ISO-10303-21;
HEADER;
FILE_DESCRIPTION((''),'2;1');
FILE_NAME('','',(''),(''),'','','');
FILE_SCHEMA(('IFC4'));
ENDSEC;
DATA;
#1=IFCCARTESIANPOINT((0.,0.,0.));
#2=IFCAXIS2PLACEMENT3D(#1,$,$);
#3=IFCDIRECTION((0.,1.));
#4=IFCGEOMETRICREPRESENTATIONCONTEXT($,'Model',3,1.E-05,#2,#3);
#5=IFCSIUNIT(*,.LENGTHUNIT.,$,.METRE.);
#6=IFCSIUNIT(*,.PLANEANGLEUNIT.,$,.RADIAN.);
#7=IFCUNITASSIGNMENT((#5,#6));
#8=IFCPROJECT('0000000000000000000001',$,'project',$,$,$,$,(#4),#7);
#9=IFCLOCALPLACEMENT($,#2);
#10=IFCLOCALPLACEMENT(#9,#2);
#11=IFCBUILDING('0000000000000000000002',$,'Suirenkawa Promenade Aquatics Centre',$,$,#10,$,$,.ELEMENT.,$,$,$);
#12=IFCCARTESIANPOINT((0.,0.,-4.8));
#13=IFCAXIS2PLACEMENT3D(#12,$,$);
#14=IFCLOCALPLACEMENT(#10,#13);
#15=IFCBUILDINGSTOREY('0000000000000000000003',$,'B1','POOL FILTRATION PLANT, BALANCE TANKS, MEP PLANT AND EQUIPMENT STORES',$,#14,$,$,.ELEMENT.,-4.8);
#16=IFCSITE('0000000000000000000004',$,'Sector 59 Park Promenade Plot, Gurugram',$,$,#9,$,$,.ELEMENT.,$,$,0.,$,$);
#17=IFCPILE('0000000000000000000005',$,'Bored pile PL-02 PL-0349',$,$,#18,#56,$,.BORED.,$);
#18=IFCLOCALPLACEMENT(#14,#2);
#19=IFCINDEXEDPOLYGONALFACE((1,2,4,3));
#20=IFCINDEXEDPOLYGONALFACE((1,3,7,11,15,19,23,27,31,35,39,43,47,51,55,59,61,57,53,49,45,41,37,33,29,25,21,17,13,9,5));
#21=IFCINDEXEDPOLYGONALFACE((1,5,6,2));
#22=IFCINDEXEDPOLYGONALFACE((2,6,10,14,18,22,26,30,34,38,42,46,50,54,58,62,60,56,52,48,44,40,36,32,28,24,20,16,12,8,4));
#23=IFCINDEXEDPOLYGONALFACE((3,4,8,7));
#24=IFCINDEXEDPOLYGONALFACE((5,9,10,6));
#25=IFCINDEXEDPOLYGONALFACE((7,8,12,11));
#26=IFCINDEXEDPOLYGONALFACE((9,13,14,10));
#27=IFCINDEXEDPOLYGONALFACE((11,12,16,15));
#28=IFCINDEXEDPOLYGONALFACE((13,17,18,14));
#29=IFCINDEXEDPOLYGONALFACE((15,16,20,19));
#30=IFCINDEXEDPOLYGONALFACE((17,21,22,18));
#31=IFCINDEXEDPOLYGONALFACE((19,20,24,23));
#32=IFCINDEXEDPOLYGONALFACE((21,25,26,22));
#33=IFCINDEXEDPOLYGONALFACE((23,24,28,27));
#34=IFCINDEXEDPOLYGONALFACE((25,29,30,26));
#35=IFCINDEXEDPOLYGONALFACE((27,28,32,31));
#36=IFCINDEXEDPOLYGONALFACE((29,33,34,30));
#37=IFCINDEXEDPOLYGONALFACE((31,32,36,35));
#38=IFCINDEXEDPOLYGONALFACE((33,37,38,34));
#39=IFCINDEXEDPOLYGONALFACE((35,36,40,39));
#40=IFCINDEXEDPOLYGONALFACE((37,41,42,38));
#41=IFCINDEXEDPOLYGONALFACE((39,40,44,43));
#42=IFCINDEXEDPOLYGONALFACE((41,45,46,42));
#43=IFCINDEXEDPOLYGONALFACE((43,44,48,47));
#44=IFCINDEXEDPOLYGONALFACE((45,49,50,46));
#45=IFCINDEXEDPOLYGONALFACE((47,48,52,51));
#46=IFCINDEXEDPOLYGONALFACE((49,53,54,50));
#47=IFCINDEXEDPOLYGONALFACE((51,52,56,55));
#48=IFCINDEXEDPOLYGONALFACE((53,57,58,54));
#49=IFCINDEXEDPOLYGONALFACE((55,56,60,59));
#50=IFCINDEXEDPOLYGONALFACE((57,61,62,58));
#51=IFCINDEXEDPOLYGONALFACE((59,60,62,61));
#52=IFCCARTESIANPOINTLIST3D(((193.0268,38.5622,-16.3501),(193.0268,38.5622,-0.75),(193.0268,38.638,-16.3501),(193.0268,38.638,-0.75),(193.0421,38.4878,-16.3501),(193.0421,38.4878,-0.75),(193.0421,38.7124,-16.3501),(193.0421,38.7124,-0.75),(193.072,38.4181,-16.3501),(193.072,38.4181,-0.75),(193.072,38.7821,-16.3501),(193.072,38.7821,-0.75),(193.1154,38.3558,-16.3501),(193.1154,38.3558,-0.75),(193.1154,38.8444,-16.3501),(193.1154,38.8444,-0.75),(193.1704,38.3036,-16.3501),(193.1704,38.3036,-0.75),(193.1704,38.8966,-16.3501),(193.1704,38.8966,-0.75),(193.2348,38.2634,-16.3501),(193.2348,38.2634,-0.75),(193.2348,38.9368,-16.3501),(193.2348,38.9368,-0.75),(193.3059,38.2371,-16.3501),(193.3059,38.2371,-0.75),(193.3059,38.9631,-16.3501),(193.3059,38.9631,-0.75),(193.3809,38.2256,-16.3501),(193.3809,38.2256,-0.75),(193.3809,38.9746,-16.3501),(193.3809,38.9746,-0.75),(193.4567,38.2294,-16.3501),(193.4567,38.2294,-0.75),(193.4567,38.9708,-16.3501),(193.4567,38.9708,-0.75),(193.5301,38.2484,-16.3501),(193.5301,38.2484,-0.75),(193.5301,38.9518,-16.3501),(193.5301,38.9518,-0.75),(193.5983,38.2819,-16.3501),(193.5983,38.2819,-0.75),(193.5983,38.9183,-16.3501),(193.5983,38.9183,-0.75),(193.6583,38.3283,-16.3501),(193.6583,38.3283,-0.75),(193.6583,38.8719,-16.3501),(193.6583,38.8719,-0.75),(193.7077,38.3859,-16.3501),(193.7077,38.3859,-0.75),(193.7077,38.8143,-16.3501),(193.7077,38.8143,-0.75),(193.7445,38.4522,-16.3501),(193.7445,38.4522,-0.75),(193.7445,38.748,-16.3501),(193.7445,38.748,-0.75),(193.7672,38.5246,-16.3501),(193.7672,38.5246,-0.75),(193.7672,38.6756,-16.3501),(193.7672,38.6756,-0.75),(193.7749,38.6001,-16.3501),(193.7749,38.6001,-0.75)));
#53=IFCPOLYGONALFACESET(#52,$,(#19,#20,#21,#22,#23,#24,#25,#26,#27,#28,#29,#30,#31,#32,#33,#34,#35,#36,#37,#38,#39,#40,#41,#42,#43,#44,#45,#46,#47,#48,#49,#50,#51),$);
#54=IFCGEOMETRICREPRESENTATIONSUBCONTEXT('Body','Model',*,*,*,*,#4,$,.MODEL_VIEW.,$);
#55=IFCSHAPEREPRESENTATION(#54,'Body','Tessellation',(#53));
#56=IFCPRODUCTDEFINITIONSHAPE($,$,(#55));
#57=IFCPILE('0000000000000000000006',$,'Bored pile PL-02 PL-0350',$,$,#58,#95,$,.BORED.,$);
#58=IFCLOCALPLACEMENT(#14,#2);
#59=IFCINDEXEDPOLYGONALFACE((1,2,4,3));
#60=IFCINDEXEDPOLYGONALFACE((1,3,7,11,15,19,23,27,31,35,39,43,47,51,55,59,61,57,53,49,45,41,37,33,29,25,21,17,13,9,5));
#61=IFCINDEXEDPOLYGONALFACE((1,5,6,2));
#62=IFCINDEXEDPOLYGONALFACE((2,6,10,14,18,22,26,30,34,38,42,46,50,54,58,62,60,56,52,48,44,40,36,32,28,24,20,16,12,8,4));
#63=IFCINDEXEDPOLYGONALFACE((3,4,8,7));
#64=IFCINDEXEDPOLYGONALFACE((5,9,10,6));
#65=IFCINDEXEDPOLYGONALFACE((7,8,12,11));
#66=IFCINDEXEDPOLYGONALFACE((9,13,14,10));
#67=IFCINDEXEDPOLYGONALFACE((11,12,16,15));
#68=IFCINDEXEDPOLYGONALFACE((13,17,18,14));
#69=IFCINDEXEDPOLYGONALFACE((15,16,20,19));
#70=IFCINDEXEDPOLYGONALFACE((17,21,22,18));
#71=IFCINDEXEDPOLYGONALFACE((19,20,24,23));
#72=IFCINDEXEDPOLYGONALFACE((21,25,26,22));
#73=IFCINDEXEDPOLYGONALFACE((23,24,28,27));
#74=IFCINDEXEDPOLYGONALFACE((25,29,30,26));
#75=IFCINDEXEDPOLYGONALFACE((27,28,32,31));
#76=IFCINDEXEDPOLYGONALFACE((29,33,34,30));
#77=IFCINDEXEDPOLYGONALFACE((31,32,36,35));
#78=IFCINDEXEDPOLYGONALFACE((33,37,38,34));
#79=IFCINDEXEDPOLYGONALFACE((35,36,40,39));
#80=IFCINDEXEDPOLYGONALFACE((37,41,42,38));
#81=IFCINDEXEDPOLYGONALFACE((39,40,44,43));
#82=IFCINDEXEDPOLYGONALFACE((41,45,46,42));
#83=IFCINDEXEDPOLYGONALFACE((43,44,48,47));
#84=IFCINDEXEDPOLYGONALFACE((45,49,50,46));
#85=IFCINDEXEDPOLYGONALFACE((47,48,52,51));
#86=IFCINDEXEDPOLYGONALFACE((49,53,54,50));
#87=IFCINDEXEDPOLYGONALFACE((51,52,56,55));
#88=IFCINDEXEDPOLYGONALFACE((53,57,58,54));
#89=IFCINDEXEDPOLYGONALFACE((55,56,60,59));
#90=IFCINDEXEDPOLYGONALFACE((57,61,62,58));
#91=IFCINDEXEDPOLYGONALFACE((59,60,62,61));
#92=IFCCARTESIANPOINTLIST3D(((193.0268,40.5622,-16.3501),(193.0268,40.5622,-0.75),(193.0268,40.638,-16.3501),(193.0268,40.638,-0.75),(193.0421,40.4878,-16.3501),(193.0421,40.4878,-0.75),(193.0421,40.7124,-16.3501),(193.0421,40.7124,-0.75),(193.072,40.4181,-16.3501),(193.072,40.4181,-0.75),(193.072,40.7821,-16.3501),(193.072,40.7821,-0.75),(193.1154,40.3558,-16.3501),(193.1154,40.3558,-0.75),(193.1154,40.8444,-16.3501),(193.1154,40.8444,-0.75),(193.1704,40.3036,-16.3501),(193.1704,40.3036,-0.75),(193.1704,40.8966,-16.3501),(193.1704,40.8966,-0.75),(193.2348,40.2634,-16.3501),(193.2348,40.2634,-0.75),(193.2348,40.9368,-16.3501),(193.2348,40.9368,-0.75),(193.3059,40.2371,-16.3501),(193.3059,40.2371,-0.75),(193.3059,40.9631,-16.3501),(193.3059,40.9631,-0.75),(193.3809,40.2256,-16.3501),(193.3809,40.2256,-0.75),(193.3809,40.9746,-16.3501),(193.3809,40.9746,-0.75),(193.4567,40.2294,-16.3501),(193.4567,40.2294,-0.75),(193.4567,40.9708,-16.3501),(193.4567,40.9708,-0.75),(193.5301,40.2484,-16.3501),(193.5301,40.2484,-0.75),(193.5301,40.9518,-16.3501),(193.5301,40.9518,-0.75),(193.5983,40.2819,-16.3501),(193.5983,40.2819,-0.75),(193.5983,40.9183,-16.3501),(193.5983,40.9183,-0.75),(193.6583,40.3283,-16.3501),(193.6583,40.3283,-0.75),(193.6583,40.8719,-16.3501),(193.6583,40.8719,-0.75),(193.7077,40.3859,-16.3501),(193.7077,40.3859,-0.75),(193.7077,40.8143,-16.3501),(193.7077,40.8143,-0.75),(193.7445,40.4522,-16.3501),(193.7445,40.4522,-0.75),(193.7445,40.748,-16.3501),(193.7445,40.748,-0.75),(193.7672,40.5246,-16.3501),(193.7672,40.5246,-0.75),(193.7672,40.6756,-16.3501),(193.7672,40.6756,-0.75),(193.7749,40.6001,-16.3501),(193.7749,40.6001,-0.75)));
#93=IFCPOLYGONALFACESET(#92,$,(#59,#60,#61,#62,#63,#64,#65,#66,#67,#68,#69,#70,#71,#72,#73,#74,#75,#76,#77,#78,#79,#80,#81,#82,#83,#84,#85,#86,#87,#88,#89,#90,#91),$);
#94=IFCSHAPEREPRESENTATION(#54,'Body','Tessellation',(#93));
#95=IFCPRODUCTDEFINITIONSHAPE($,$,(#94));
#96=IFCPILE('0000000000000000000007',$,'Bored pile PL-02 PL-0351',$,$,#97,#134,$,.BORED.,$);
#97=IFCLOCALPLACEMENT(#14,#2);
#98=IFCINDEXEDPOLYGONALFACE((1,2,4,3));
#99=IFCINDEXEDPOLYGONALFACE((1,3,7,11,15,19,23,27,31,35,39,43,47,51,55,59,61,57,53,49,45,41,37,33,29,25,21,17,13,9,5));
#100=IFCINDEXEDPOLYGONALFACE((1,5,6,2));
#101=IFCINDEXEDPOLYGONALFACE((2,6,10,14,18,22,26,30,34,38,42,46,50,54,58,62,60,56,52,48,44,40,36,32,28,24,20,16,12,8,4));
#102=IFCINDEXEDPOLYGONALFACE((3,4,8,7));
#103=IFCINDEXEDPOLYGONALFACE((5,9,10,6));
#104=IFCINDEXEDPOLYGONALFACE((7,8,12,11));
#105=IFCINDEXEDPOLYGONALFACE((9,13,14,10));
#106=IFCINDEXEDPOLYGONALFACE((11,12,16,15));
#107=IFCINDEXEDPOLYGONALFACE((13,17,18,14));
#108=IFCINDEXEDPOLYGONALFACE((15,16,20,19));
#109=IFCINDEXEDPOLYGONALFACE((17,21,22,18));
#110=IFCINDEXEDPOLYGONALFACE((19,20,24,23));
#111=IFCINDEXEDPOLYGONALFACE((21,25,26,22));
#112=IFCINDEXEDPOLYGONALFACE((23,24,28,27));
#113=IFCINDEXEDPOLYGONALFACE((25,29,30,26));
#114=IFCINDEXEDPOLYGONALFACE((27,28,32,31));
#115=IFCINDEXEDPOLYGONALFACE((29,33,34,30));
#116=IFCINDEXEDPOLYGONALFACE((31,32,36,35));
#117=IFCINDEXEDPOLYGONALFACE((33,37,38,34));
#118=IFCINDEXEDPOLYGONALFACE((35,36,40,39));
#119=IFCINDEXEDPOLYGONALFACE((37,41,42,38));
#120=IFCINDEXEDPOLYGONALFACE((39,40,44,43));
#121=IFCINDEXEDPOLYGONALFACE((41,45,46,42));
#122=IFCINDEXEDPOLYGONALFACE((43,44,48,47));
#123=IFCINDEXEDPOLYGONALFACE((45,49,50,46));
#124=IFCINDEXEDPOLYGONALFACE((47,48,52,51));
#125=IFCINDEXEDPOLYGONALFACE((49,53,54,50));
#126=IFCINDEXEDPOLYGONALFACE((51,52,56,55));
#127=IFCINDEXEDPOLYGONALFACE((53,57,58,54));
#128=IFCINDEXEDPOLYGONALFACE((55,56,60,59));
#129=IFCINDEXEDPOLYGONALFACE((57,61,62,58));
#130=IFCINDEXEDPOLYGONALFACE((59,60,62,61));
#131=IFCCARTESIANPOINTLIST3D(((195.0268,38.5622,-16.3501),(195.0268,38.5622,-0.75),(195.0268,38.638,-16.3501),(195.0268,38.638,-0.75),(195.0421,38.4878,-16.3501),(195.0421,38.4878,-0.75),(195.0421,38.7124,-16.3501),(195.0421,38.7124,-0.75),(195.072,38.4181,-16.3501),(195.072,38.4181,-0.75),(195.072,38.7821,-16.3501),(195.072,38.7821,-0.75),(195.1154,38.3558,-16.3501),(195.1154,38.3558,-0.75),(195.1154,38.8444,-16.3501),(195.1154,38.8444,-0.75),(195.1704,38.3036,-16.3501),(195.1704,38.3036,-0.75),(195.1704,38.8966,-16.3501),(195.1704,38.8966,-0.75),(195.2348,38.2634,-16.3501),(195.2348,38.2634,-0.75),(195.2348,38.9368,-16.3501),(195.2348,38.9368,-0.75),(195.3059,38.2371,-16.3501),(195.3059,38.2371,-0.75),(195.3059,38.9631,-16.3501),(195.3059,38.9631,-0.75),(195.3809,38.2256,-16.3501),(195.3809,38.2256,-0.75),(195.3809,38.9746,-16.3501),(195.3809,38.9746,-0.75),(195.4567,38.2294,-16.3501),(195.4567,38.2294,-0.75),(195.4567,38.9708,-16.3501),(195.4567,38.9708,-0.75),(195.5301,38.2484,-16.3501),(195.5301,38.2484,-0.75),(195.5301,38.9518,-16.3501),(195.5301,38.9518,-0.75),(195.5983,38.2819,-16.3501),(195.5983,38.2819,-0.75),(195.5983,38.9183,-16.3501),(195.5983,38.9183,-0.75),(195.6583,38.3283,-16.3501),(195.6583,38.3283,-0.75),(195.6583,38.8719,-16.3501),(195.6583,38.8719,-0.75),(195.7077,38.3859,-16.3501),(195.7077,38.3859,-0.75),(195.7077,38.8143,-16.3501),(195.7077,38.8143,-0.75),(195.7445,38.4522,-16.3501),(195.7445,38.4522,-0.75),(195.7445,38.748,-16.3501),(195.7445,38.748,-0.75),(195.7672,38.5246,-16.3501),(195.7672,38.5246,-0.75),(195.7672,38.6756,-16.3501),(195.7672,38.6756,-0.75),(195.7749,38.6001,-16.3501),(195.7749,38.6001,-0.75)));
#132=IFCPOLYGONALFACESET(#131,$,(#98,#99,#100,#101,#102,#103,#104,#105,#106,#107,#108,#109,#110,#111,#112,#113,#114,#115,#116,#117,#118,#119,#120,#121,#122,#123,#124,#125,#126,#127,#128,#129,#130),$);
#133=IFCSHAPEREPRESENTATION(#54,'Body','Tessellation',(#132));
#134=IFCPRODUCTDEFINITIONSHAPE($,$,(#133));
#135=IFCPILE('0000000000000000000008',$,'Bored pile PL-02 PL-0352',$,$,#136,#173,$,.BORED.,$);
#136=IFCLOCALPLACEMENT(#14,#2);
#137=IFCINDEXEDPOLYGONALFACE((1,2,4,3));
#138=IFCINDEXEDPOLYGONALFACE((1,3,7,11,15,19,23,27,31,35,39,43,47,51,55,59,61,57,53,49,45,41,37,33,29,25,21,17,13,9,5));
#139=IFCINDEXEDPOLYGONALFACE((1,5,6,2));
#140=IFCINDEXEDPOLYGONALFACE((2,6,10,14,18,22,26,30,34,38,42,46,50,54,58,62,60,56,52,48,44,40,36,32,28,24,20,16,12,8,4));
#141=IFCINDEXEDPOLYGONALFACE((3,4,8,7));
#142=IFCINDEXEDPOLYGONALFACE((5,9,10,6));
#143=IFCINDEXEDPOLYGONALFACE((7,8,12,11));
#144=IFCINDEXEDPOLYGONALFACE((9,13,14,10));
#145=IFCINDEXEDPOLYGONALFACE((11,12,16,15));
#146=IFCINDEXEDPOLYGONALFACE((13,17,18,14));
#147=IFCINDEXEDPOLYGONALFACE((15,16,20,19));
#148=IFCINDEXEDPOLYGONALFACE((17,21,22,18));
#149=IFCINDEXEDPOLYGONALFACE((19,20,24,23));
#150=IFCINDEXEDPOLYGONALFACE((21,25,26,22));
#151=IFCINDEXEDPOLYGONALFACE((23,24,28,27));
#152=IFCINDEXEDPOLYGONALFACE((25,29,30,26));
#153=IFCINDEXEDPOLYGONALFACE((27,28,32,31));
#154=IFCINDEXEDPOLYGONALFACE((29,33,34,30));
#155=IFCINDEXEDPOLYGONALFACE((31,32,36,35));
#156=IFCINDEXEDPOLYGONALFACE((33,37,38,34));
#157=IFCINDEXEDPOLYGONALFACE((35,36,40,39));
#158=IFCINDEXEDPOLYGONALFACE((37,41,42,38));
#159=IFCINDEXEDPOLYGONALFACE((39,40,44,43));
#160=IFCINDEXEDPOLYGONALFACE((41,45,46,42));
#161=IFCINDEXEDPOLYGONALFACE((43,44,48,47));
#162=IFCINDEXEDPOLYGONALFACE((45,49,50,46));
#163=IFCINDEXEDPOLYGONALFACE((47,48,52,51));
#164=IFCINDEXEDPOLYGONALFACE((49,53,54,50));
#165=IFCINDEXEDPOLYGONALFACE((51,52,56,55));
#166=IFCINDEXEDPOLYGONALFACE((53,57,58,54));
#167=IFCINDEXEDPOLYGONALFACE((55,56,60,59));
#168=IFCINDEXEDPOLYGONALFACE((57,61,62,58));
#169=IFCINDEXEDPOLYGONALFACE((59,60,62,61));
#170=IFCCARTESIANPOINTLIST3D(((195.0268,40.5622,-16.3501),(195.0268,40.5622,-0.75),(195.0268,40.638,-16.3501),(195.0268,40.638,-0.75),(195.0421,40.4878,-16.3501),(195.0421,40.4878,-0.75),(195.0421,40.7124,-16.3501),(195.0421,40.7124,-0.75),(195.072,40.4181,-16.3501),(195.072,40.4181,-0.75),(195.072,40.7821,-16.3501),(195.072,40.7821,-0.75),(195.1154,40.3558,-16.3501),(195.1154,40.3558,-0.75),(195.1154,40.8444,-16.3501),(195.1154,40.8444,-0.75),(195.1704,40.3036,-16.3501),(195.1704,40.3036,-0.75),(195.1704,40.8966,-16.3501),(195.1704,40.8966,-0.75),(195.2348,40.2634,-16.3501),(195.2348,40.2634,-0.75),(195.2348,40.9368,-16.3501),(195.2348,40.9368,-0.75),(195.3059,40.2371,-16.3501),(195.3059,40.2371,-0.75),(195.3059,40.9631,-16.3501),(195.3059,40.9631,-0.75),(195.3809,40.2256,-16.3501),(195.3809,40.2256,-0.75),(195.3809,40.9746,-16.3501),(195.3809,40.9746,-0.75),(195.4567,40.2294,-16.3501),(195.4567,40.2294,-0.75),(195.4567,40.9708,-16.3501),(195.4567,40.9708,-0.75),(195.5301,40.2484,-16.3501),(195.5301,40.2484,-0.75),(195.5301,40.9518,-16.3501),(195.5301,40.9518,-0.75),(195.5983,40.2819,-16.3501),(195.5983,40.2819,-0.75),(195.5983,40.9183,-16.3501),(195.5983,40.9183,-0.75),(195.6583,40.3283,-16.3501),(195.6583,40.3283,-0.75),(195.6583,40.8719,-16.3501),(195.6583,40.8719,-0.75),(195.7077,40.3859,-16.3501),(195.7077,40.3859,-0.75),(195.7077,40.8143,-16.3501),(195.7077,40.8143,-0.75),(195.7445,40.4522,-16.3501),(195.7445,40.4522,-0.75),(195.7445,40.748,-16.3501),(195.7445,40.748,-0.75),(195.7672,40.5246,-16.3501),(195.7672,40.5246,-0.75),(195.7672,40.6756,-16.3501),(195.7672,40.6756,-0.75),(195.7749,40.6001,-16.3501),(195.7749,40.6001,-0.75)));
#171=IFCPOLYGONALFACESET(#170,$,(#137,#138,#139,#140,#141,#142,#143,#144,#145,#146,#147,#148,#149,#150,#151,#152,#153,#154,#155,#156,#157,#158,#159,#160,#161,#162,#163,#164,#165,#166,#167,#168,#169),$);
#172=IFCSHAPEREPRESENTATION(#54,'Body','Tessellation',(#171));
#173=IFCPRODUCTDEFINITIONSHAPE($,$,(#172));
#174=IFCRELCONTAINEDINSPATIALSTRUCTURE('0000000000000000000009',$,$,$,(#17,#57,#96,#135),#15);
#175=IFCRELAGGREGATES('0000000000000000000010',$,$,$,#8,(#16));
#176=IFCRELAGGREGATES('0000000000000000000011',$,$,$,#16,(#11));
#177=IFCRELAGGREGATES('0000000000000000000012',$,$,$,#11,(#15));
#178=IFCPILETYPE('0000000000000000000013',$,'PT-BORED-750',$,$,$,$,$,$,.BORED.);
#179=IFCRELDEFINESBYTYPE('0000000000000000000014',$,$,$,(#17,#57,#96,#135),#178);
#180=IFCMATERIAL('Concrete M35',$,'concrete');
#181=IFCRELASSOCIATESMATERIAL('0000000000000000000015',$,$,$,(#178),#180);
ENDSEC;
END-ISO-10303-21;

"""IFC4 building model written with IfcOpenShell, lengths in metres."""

from ifc_helpers import new_model, si_unit, direction, frame, origin, origin_2d, place, context, subcontext, project, spatial, circle, extrude, material, material_profile, profile_set, type_object, element, save


model = new_model("IFC4")

# Units and contexts
model_context = context("Model", 3, precision=1e-05, world=origin(), true_north=direction((0.0, 1.0)))
body_context = subcontext(model_context, "Body", "Model", "MODEL_VIEW")
ifc_project = project(units=[si_unit("LENGTHUNIT", "METRE"), si_unit("PLANEANGLEUNIT", "RADIAN")], contexts=[model_context])

# Site, building, storey
site_placement = place(None, origin())
site = spatial("IfcSite", under=ifc_project, at=site_placement, Name="Sector 59 Park Promenade Plot, Gurugram", CompositionType="ELEMENT", RefElevation=0.0)
building_placement = place(site_placement, origin())
building = spatial("IfcBuilding", under=site, at=building_placement, Name="Suirenkawa Promenade Aquatics Centre", CompositionType="ELEMENT")
storey_placement = place(building_placement, frame((0.0, 0.0, -4.8)))
storey = spatial("IfcBuildingStorey", under=building, at=storey_placement, Name="B1", Description="POOL FILTRATION PLANT, BALANCE TANKS, MEP PLANT AND EQUIPMENT STORES", CompositionType="ELEMENT", Elevation=-4.8)

# Shared definitions
ifc_material_1 = material(Name="Concrete M35", Category="concrete")

# Piles
ifc_material_profile_1 = material_profile(ifc_material_1, circle(Radius=0.375, at=origin_2d()), Name="PILE D750", Category="concrete")
ifc_profile_set_1 = profile_set([ifc_material_profile_1], Name="Concrete M35")
pile_type_1 = type_object("IfcPileType", Name="PT-BORED-750", PredefinedType="BORED", material=ifc_profile_set_1)
for number, where, z_axis, x_axis, name in (
    (1, (193.3999, 38.6001, -0.75), (0.0, 0.0, -1.0), (1.0, 0.0, 0.0), "Bored pile PL-02 PL-0349"),
    (2, (193.3999, 40.6001, -0.75), (0.0, 0.0, -1.0), (1.0, 0.0, 0.0), "Bored pile PL-02 PL-0350"),
    (3, (195.3999, 38.6001, -0.75), (0.0, 0.0, -1.0), (1.0, 0.0, 0.0), "Bored pile PL-02 PL-0351"),
    (4, (195.3999, 40.6001, -0.75), (0.0, 0.0, -1.0), (1.0, 0.0, 0.0), "Bored pile PL-02 PL-0352"),
):
    element("IfcPile", number, at=place(storey_placement, frame(where, z_axis=z_axis, x_axis=x_axis)), inside=storey, type_object=pile_type_1, Name=name, PredefinedType="BORED", context=body_context, shape_type="SweptSolid", body=[
        extrude(circle(Radius=0.375, at=origin_2d()), origin(), (0.0, 0.0, 1.0), 15.6001),
    ])

save(model, "model.ifc")
